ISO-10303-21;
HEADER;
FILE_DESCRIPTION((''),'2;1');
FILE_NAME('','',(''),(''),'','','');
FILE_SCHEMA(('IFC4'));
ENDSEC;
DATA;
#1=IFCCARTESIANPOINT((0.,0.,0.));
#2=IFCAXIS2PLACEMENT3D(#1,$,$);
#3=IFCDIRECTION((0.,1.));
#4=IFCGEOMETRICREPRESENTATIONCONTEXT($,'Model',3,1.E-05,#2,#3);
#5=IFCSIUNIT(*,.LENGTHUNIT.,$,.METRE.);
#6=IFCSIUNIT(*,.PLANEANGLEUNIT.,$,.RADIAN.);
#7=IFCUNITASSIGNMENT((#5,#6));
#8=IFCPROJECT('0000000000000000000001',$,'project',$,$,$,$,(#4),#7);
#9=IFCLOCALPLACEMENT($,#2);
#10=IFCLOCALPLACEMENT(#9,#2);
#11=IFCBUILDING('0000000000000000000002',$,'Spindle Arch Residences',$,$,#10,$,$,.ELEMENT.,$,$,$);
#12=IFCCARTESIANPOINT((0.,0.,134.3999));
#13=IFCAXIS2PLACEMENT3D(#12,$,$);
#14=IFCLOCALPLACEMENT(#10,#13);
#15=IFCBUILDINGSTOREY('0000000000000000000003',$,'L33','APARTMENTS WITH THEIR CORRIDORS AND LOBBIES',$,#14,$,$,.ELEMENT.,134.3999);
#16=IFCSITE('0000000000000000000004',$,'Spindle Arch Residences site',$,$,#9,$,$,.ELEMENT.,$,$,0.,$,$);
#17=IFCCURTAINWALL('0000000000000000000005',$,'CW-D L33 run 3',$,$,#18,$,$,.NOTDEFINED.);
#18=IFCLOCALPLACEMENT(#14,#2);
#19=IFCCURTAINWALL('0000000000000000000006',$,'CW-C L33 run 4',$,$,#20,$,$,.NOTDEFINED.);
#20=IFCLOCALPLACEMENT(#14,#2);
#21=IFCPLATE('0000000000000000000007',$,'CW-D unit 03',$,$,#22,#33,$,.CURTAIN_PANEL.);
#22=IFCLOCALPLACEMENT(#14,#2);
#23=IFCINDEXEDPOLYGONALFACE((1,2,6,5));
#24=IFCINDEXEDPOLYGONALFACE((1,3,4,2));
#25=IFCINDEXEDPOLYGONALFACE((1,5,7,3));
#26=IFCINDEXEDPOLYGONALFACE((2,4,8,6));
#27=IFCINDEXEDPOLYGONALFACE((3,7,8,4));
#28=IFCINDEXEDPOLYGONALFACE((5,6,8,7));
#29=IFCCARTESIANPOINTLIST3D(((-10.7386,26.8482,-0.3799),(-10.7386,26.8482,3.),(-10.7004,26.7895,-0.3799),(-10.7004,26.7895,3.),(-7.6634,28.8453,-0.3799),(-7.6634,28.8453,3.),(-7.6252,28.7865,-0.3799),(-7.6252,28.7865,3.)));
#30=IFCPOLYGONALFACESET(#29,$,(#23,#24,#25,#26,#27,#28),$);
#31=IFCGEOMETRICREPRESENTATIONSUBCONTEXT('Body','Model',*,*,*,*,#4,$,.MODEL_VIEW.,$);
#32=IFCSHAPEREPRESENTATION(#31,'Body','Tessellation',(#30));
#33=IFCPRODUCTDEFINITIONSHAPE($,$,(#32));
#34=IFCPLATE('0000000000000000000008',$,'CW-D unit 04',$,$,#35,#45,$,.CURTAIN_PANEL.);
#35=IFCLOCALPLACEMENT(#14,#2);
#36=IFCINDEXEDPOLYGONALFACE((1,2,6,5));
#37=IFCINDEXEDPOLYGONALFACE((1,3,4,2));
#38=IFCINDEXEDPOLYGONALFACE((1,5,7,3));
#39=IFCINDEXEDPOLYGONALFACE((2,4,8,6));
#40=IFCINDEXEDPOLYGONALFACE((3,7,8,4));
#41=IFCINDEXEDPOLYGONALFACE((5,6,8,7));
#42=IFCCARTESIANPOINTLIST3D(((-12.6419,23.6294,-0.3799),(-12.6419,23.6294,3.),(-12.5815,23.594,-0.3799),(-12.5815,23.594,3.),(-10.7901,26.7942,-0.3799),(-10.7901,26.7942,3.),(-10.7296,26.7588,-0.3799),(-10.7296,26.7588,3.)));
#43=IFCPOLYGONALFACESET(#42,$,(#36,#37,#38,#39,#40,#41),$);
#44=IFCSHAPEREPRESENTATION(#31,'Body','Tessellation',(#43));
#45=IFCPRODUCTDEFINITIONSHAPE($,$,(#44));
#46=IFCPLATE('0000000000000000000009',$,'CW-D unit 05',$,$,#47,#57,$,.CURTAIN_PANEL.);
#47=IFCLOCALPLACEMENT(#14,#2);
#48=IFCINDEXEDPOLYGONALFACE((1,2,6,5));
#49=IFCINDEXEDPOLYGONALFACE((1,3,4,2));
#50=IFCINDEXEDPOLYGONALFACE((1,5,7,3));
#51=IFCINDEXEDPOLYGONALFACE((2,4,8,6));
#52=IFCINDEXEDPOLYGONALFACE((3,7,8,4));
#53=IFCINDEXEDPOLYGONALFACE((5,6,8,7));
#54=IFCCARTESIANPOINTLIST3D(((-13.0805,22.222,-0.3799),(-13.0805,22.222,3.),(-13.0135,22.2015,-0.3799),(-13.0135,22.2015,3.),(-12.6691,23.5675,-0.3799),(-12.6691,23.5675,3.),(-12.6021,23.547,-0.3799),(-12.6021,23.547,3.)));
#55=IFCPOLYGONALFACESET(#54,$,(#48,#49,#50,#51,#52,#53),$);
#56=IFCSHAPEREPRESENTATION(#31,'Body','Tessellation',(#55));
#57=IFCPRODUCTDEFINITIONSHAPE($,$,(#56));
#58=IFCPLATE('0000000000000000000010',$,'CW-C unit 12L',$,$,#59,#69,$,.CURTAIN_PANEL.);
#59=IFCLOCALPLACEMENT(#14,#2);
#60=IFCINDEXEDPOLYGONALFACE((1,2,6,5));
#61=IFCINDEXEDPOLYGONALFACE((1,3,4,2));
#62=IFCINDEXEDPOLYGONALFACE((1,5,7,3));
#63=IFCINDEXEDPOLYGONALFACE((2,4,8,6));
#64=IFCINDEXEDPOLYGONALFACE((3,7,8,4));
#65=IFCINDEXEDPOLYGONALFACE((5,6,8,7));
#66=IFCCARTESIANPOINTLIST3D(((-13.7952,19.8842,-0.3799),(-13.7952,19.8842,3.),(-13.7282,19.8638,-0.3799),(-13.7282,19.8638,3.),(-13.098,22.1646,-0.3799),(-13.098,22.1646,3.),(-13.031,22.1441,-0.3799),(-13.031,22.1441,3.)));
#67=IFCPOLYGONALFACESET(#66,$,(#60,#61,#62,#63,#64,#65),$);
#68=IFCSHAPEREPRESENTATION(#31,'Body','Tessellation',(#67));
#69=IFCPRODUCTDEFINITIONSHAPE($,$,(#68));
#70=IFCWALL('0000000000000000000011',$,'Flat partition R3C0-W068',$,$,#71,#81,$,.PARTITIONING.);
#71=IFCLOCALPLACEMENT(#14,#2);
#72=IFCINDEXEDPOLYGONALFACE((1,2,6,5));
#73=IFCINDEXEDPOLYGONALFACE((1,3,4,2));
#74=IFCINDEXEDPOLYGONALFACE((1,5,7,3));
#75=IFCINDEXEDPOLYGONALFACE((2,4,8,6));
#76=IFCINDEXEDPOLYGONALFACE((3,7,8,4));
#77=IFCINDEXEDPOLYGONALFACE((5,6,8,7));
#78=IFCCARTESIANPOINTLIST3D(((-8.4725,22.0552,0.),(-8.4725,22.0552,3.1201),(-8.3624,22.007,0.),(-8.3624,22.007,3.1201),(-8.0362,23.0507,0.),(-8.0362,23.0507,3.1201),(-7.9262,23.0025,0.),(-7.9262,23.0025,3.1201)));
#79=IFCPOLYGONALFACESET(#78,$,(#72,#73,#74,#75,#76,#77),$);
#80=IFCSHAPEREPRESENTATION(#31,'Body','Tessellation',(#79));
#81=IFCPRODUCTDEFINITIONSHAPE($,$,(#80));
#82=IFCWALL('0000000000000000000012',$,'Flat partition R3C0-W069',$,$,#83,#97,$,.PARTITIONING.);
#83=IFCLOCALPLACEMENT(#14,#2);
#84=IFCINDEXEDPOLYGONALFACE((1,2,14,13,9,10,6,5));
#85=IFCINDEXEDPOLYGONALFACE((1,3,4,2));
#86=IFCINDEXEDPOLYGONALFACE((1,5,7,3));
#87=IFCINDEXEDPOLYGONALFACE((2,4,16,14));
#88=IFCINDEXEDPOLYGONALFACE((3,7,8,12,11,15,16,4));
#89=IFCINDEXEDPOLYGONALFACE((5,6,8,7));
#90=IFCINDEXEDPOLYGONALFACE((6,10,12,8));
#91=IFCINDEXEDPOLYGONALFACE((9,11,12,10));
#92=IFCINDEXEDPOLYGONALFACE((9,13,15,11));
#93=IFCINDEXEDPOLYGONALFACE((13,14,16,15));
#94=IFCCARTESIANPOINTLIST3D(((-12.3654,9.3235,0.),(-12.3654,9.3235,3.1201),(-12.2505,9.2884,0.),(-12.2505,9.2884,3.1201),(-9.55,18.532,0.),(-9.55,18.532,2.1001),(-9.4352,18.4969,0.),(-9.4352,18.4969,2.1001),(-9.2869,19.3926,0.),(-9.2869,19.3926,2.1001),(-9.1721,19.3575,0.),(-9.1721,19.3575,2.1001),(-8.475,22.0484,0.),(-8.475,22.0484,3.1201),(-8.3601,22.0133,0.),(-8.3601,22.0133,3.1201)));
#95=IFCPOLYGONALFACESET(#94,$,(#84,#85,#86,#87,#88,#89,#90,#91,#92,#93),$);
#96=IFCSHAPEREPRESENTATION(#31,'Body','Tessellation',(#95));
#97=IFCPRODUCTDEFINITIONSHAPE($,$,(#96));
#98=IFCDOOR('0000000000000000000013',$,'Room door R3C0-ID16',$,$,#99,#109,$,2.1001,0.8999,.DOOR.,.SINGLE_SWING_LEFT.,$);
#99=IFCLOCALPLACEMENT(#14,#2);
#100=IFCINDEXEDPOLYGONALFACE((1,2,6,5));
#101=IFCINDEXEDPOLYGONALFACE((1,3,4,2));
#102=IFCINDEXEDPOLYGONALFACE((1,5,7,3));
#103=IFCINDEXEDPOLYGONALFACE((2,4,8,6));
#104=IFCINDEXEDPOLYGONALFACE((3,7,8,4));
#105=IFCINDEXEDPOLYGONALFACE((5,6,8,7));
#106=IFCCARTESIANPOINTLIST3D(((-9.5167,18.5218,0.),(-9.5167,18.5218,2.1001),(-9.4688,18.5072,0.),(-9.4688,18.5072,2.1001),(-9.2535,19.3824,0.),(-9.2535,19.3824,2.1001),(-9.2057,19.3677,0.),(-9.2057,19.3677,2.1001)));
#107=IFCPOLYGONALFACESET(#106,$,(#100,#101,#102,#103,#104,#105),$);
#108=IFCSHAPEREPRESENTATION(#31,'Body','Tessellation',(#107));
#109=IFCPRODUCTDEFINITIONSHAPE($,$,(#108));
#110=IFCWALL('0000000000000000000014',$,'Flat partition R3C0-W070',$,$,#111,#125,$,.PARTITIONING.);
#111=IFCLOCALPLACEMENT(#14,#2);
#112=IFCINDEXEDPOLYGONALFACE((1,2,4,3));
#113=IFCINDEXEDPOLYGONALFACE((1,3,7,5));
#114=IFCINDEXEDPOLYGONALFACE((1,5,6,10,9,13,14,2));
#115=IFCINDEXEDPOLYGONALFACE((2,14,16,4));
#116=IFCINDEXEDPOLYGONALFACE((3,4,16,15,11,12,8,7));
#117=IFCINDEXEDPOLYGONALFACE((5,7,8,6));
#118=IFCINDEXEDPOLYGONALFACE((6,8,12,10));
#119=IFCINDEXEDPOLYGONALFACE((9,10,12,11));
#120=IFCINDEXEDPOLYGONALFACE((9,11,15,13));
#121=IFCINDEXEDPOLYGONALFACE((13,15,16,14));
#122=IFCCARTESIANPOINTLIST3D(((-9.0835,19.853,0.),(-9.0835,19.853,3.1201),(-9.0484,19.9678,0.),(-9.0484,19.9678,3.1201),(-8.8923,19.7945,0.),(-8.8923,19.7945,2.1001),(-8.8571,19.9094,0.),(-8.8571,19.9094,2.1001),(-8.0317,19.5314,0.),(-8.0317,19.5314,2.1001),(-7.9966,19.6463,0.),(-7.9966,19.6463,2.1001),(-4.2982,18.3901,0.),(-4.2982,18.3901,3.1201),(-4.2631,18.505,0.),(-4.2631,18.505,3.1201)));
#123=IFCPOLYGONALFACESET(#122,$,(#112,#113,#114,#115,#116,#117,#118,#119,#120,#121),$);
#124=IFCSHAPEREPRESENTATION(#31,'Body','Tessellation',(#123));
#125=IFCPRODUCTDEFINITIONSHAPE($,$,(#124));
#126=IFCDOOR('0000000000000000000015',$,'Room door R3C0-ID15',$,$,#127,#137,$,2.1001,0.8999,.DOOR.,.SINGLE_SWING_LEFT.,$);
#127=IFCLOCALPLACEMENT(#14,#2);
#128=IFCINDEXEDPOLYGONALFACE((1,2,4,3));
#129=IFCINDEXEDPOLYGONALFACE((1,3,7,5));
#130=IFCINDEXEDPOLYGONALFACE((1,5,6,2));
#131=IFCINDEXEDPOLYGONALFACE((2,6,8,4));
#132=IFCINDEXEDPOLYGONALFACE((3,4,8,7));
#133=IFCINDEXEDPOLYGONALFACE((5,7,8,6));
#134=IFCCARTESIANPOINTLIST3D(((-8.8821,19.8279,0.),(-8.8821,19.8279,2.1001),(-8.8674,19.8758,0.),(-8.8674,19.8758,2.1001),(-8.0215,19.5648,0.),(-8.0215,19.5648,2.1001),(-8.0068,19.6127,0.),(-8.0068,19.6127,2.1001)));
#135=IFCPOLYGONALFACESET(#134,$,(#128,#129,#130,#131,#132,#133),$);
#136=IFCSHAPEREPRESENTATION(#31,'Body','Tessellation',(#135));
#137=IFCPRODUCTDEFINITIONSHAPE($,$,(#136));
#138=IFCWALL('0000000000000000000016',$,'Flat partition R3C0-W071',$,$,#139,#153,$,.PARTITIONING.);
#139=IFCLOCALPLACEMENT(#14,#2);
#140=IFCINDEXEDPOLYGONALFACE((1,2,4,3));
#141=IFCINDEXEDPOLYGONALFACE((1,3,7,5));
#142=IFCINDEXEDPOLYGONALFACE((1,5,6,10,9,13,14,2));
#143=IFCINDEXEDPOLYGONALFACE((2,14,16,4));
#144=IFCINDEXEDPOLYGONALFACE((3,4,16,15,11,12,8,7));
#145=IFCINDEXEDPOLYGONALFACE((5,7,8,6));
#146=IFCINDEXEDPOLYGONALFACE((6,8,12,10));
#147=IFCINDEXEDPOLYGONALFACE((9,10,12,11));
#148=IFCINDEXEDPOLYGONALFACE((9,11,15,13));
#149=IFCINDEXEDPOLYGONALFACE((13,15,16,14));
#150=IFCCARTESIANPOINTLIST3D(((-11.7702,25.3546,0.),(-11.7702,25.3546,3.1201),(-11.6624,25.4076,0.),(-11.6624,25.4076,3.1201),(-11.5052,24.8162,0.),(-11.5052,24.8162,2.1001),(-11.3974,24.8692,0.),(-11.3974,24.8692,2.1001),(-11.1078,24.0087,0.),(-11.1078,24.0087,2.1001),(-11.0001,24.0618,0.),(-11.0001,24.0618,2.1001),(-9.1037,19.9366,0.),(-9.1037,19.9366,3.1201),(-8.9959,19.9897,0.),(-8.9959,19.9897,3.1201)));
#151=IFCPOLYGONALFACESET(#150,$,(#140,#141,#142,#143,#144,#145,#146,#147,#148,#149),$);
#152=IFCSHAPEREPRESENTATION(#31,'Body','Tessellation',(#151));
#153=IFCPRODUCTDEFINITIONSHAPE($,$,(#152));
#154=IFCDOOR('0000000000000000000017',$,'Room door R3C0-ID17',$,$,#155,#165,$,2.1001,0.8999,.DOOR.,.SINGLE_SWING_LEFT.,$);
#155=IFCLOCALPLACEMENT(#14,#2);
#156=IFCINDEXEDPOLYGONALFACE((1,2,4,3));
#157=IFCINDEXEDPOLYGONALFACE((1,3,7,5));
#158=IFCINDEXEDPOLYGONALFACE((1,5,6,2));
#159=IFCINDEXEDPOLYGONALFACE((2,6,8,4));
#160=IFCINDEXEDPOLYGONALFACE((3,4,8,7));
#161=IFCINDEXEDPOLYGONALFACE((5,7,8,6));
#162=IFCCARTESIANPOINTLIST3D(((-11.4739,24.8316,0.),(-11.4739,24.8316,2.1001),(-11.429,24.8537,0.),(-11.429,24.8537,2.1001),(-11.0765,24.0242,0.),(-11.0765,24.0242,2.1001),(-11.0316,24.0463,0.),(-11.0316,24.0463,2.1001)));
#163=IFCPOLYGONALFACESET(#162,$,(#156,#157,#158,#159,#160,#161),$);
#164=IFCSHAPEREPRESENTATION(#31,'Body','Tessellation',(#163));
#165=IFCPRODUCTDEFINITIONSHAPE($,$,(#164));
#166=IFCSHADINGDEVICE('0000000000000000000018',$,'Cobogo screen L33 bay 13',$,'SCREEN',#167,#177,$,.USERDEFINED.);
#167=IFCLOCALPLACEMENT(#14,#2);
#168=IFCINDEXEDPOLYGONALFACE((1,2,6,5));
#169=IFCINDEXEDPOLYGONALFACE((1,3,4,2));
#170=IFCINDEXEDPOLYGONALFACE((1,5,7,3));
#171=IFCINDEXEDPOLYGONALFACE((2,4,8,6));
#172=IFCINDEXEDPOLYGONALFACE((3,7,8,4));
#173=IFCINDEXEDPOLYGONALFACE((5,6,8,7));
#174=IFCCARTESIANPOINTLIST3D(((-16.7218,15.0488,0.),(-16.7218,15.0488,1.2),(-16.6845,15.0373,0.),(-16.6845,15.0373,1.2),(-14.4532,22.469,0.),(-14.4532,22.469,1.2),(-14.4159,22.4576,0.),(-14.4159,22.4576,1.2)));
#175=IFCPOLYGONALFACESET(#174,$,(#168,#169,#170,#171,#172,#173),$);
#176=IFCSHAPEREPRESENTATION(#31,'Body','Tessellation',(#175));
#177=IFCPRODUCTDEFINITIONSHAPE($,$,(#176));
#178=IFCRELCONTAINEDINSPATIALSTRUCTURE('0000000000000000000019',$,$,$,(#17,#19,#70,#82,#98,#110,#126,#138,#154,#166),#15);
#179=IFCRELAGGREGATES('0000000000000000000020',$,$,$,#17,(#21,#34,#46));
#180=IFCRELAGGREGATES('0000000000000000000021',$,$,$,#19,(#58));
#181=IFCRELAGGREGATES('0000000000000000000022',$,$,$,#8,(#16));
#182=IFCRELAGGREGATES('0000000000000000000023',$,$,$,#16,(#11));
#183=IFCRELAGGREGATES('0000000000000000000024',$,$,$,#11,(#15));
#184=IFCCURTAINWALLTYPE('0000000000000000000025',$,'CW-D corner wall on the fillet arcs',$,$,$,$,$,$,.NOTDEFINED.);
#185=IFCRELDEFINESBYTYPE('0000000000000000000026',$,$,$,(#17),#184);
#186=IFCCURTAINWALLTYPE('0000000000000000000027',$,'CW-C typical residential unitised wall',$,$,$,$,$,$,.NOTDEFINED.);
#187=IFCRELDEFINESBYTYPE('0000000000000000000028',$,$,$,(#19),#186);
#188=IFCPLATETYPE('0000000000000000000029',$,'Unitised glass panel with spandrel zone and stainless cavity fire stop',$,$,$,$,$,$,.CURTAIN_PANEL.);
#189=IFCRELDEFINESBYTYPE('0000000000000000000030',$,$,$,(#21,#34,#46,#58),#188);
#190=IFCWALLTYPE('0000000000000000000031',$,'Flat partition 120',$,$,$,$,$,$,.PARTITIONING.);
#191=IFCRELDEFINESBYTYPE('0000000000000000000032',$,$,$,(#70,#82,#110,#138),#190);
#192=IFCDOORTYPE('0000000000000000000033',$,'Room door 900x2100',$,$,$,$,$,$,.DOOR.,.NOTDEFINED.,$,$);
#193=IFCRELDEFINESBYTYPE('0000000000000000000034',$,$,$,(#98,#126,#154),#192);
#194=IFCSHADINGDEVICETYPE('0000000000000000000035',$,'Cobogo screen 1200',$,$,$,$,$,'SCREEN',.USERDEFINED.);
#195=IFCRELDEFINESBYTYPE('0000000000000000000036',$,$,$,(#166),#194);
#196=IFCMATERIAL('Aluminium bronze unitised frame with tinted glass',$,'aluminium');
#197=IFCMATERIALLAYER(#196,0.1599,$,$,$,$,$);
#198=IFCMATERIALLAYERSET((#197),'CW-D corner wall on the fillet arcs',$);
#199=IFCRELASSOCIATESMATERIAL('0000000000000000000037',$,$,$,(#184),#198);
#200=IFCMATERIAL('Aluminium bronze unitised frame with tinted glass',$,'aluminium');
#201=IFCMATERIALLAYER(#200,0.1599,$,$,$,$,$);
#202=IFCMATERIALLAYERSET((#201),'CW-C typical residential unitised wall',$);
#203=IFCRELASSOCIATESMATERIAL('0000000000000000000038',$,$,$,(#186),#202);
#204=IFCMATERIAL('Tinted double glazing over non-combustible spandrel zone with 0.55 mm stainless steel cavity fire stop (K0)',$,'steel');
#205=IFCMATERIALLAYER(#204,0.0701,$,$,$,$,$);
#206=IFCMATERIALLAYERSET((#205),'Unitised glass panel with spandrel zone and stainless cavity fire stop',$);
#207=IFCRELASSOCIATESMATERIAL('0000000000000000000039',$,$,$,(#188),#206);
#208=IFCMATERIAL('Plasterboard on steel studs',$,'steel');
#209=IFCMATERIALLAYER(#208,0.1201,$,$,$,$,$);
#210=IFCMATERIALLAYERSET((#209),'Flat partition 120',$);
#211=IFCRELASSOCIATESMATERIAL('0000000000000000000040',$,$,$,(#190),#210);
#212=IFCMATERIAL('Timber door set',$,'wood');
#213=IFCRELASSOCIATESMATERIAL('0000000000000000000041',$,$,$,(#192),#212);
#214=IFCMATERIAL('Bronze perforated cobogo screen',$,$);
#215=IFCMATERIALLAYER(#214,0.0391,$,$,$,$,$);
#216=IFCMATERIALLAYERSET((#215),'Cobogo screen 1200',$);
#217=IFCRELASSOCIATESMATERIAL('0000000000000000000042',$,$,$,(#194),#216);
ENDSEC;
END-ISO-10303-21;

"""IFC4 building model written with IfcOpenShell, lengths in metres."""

from ifc_helpers import new_model, si_unit, direction, frame, frame_2d, origin, origin_2d, place, context, subcontext, project, spatial, rectangle, extrude, material, layer, layer_set, type_object, element, fill, aggregate, save


model = new_model("IFC4")

# Units and contexts
model_context = context("Model", 3, precision=1e-05, world=origin(), true_north=direction((0.0, 1.0)))
body_context = subcontext(model_context, "Body", "Model", "MODEL_VIEW")
ifc_project = project(units=[si_unit("LENGTHUNIT", "METRE"), si_unit("PLANEANGLEUNIT", "RADIAN")], contexts=[model_context])

# Site, building, storey
site_placement = place(None, origin())
site = spatial("IfcSite", under=ifc_project, at=site_placement, Name="Spindle Arch Residences site", CompositionType="ELEMENT", RefElevation=0.0)
building_placement = place(site_placement, origin())
building = spatial("IfcBuilding", under=site, at=building_placement, Name="Spindle Arch Residences", CompositionType="ELEMENT")
storey_placement = place(building_placement, frame((0.0, 0.0, 134.3999)))
storey = spatial("IfcBuildingStorey", under=building, at=storey_placement, Name="L33", Description="APARTMENTS WITH THEIR CORRIDORS AND LOBBIES", CompositionType="ELEMENT", Elevation=134.3999)

# Curtain wall
ifc_material_1 = material(Name="Aluminium bronze unitised frame with tinted glass", Category="aluminium")
ifc_layer_1 = layer(ifc_material_1, 0.1599)
ifc_layer_set_1 = layer_set([ifc_layer_1], Name="CW-D corner wall on the fillet arcs")
curtain_wall_type_1 = type_object("IfcCurtainWallType", Name="CW-D corner wall on the fillet arcs", PredefinedType="NOTDEFINED", material=ifc_layer_set_1)
curtain_wall_1_placement = place(storey_placement, origin())
curtain_wall_1 = element("IfcCurtainWall", 1, at=curtain_wall_1_placement, inside=storey, type_object=curtain_wall_type_1, Name="CW-D L33 run 3", PredefinedType="NOTDEFINED")

# Curtain wall
ifc_material_2 = material(Name="Aluminium bronze unitised frame with tinted glass", Category="aluminium")
ifc_layer_2 = layer(ifc_material_2, 0.1599)
ifc_layer_set_2 = layer_set([ifc_layer_2], Name="CW-C typical residential unitised wall")
curtain_wall_type_2 = type_object("IfcCurtainWallType", Name="CW-C typical residential unitised wall", PredefinedType="NOTDEFINED", material=ifc_layer_set_2)
curtain_wall_2_placement = place(storey_placement, origin())
curtain_wall_2 = element("IfcCurtainWall", 2, at=curtain_wall_2_placement, inside=storey, type_object=curtain_wall_type_2, Name="CW-C L33 run 4", PredefinedType="NOTDEFINED")

# Plates
ifc_material_3 = material(Name="Tinted double glazing over non-combustible spandrel zone with 0.55 mm stainless steel cavity fire stop (K0)", Category="steel")
ifc_layer_3 = layer(ifc_material_3, 0.0701)
ifc_layer_set_3 = layer_set([ifc_layer_3], Name="Unitised glass panel with spandrel zone and stainless cavity fire stop")
plate_type = type_object("IfcPlateType", Name="Unitised glass panel with spandrel zone and stainless cavity fire stop", PredefinedType="CURTAIN_PANEL", material=ifc_layer_set_3)
plate_1_placement = place(storey_placement, frame((-9.1819, 27.8174, -0.3799), z_axis=(0.0, 0.0, 1.0), x_axis=(-0.838671, -0.544639, 0.0)))
plate_1 = element("IfcPlate", 3, at=plate_1_placement, type_object=plate_type, Name="CW-D unit 03", PredefinedType="CURTAIN_PANEL", context=body_context, shape_type="SweptSolid", body=[
    extrude(rectangle(XDim=3.6667, YDim=0.0701, at=origin_2d()), origin(), (0.0, 0.0, 1.0), 3.3799),
])
plate_2_placement = place(storey_placement, frame((-11.6858, 25.1941, -0.3799), z_axis=(0.0, 0.0, 1.0), x_axis=(-0.50503, -0.863102, 0.0)))
plate_2 = element("IfcPlate", 4, at=plate_2_placement, type_object=plate_type, Name="CW-D unit 04", PredefinedType="CURTAIN_PANEL", context=body_context, shape_type="SweptSolid", body=[
    extrude(rectangle(XDim=3.6667, YDim=0.0701, at=origin_2d()), origin(), (0.0, 0.0, 1.0), 3.3799),
])
plate_3_placement = place(storey_placement, frame((-12.8413, 22.8845, -0.3799), z_axis=(0.0, 0.0, 1.0), x_axis=(-0.292372, -0.956305, 0.0)))
plate_3 = element("IfcPlate", 5, at=plate_3_placement, type_object=plate_type, Name="CW-D unit 05", PredefinedType="CURTAIN_PANEL", context=body_context, shape_type="SweptSolid", body=[
    extrude(rectangle(XDim=1.407, YDim=0.0701, at=origin_2d()), origin(), (0.0, 0.0, 1.0), 3.3799),
])
aggregate(curtain_wall_1, [plate_1, plate_2, plate_3])
plate_4_placement = place(storey_placement, frame((-13.4131, 21.0142, -0.3799), z_axis=(0.0, 0.0, 1.0), x_axis=(-0.292372, -0.956305, 0.0)))
plate_4 = element("IfcPlate", 6, at=plate_4_placement, type_object=plate_type, Name="CW-C unit 12L", PredefinedType="CURTAIN_PANEL", context=body_context, shape_type="SweptSolid", body=[
    extrude(rectangle(XDim=2.3845, YDim=0.0701, at=origin_2d()), origin(), (0.0, 0.0, 1.0), 3.3799),
])
aggregate(curtain_wall_2, [plate_4])

# Wall
ifc_material_4 = material(Name="Plasterboard on steel studs", Category="steel")
ifc_layer_4 = layer(ifc_material_4, 0.1201)
ifc_layer_set_4 = layer_set([ifc_layer_4], Name="Flat partition 120")
wall_type_1 = type_object("IfcWallType", Name="Flat partition 120", PredefinedType="PARTITIONING", material=ifc_layer_set_4)
wall_1_placement = place(storey_placement, frame((-7.9812, 23.0266, 0.0), z_axis=(0.0, 0.0, 1.0), x_axis=(-0.401361, -0.91592, 0.0)))
element("IfcWall", 7, at=wall_1_placement, inside=storey, type_object=wall_type_1, Name="Flat partition R3C0-W068", PredefinedType="PARTITIONING", context=body_context, shape_type="SweptSolid", body=[
    extrude(rectangle(XDim=1.0869, YDim=0.1201, at=frame_2d((0.5435, 0.0))), origin(), (0.0, 0.0, 1.0), 3.1201),
])

# Walls, openings, doors
wall_2_placement = place(storey_placement, frame((-8.4175, 22.031, 0.0), z_axis=(0.0, 0.0, 1.0), x_axis=(-0.292372, -0.956305, 0.0)))
wall_2 = element("IfcWall", 8, at=wall_2_placement, inside=storey, type_object=wall_type_1, Name="Flat partition R3C0-W069", PredefinedType="PARTITIONING", context=body_context, shape_type="SweptSolid", body=[
    extrude(rectangle(XDim=13.3064, YDim=0.1201, at=frame_2d((6.6533, 0.0))), origin(), (0.0, 0.0, 1.0), 3.1201),
])
opening_1_placement = place(wall_2_placement, frame((2.7773, 0.0, 0.0)))
opening_1 = element("IfcOpeningElement", 9, at=opening_1_placement, cuts=wall_2, PredefinedType="OPENING", context=body_context, shape_type="SweptSolid", body=[
    extrude(rectangle(XDim=0.8999, YDim=2.1001, at=frame_2d((0.45, 1.05))), frame((0.0, 0.0701, 0.0), z_axis=(0.0, -1.0, 0.0), x_axis=(1.0, 0.0, 0.0)), (0.0, 0.0, 1.0), 0.1401),
])
ifc_material_5 = material(Name="Timber door set", Category="wood")
door_type_1 = type_object("IfcDoorType", Name="Room door 900x2100", OperationType="NOTDEFINED", PredefinedType="DOOR", material=ifc_material_5)
door_1_placement = place(opening_1_placement, origin())
door_1 = element("IfcDoor", 10, at=door_1_placement, inside=storey, type_object=door_type_1, Name="Room door R3C0-ID16", OperationType="SINGLE_SWING_LEFT", OverallHeight=2.1001, OverallWidth=0.8999, PredefinedType="DOOR", context=body_context, shape_type="SweptSolid", body=[
    extrude(rectangle(XDim=0.8999, YDim=2.1001, at=frame_2d((0.45, 1.05))), frame((0.0, 0.0249, 0.0), z_axis=(0.0, -1.0, 0.0), x_axis=(1.0, 0.0, 0.0)), (0.0, 0.0, 1.0), 0.05),
])
fill(opening_1, door_1)
wall_3_placement = place(storey_placement, frame((-9.0659, 19.9104, 0.0), z_axis=(0.0, 0.0, 1.0), x_axis=(0.956313, -0.292344, 0.0)))
wall_3 = element("IfcWall", 11, at=wall_3_placement, inside=storey, type_object=wall_type_1, Name="Flat partition R3C0-W070", PredefinedType="PARTITIONING", context=body_context, shape_type="SweptSolid", body=[
    extrude(rectangle(XDim=5.0039, YDim=0.1201, at=frame_2d((2.502, 0.0))), origin(), (0.0, 0.0, 1.0), 3.1201),
])
opening_2_placement = place(wall_3_placement, frame((0.2, 0.0, 0.0)))
opening_2 = element("IfcOpeningElement", 12, at=opening_2_placement, cuts=wall_3, PredefinedType="OPENING", context=body_context, shape_type="SweptSolid", body=[
    extrude(rectangle(XDim=0.8999, YDim=2.1001, at=frame_2d((0.45, 1.05))), frame((0.0, 0.0701, 0.0), z_axis=(0.0, -1.0, 0.0), x_axis=(1.0, 0.0, 0.0)), (0.0, 0.0, 1.0), 0.1401),
])
door_2_placement = place(opening_2_placement, origin())
door_2 = element("IfcDoor", 13, at=door_2_placement, inside=storey, type_object=door_type_1, Name="Room door R3C0-ID15", OperationType="SINGLE_SWING_LEFT", OverallHeight=2.1001, OverallWidth=0.8999, PredefinedType="DOOR", context=body_context, shape_type="SweptSolid", body=[
    extrude(rectangle(XDim=0.8999, YDim=2.1001, at=frame_2d((0.45, 1.05))), frame((0.0, 0.0249, 0.0), z_axis=(0.0, -1.0, 0.0), x_axis=(1.0, 0.0, 0.0)), (0.0, 0.0, 1.0), 0.05),
])
fill(opening_2, door_2)
wall_4_placement = place(storey_placement, frame((-11.7163, 25.3811, 0.0), z_axis=(0.0, 0.0, 1.0), x_axis=(0.441577, -0.897223, 0.0)))
wall_4 = element("IfcWall", 14, at=wall_4_placement, inside=storey, type_object=wall_type_1, Name="Flat partition R3C0-W071", PredefinedType="PARTITIONING", context=body_context, shape_type="SweptSolid", body=[
    extrude(rectangle(XDim=6.0386, YDim=0.1201, at=frame_2d((3.0193, 0.0))), origin(), (0.0, 0.0, 1.0), 3.1201),
])
opening_3_placement = place(wall_4_placement, frame((0.6001, 0.0, 0.0)))
opening_3 = element("IfcOpeningElement", 15, at=opening_3_placement, cuts=wall_4, PredefinedType="OPENING", context=body_context, shape_type="SweptSolid", body=[
    extrude(rectangle(XDim=0.8999, YDim=2.1001, at=frame_2d((0.45, 1.05))), frame((0.0, 0.0701, 0.0), z_axis=(0.0, -1.0, 0.0), x_axis=(1.0, 0.0, 0.0)), (0.0, 0.0, 1.0), 0.1401),
])
door_3_placement = place(opening_3_placement, origin())
door_3 = element("IfcDoor", 16, at=door_3_placement, inside=storey, type_object=door_type_1, Name="Room door R3C0-ID17", OperationType="SINGLE_SWING_LEFT", OverallHeight=2.1001, OverallWidth=0.8999, PredefinedType="DOOR", context=body_context, shape_type="SweptSolid", body=[
    extrude(rectangle(XDim=0.8999, YDim=2.1001, at=frame_2d((0.45, 1.05))), frame((0.0, 0.0249, 0.0), z_axis=(0.0, -1.0, 0.0), x_axis=(1.0, 0.0, 0.0)), (0.0, 0.0, 1.0), 0.05),
])
fill(opening_3, door_3)

# Shading device
ifc_material_6 = material(Name="Bronze perforated cobogo screen")
ifc_layer_5 = layer(ifc_material_6, 0.0391)
ifc_layer_set_5 = layer_set([ifc_layer_5], Name="Cobogo screen 1200")
shading_device_type = type_object("IfcShadingDeviceType", Name="Cobogo screen 1200", ElementType="SCREEN", PredefinedType="USERDEFINED", material=ifc_layer_set_5)
shading_device_placement = place(storey_placement, frame((-15.5688, 18.7532, 0.0), z_axis=(0.0, 0.0, 1.0), x_axis=(-0.292372, -0.956305, 0.0)))
element("IfcShadingDevice", 17, at=shading_device_placement, inside=storey, type_object=shading_device_type, Name="Cobogo screen L33 bay 13", ObjectType="SCREEN", PredefinedType="USERDEFINED", context=body_context, shape_type="SweptSolid", body=[
    extrude(rectangle(XDim=7.7593, YDim=0.0391, at=origin_2d()), origin(), (0.0, 0.0, 1.0), 1.2),
])

save(model, "model.ifc")
